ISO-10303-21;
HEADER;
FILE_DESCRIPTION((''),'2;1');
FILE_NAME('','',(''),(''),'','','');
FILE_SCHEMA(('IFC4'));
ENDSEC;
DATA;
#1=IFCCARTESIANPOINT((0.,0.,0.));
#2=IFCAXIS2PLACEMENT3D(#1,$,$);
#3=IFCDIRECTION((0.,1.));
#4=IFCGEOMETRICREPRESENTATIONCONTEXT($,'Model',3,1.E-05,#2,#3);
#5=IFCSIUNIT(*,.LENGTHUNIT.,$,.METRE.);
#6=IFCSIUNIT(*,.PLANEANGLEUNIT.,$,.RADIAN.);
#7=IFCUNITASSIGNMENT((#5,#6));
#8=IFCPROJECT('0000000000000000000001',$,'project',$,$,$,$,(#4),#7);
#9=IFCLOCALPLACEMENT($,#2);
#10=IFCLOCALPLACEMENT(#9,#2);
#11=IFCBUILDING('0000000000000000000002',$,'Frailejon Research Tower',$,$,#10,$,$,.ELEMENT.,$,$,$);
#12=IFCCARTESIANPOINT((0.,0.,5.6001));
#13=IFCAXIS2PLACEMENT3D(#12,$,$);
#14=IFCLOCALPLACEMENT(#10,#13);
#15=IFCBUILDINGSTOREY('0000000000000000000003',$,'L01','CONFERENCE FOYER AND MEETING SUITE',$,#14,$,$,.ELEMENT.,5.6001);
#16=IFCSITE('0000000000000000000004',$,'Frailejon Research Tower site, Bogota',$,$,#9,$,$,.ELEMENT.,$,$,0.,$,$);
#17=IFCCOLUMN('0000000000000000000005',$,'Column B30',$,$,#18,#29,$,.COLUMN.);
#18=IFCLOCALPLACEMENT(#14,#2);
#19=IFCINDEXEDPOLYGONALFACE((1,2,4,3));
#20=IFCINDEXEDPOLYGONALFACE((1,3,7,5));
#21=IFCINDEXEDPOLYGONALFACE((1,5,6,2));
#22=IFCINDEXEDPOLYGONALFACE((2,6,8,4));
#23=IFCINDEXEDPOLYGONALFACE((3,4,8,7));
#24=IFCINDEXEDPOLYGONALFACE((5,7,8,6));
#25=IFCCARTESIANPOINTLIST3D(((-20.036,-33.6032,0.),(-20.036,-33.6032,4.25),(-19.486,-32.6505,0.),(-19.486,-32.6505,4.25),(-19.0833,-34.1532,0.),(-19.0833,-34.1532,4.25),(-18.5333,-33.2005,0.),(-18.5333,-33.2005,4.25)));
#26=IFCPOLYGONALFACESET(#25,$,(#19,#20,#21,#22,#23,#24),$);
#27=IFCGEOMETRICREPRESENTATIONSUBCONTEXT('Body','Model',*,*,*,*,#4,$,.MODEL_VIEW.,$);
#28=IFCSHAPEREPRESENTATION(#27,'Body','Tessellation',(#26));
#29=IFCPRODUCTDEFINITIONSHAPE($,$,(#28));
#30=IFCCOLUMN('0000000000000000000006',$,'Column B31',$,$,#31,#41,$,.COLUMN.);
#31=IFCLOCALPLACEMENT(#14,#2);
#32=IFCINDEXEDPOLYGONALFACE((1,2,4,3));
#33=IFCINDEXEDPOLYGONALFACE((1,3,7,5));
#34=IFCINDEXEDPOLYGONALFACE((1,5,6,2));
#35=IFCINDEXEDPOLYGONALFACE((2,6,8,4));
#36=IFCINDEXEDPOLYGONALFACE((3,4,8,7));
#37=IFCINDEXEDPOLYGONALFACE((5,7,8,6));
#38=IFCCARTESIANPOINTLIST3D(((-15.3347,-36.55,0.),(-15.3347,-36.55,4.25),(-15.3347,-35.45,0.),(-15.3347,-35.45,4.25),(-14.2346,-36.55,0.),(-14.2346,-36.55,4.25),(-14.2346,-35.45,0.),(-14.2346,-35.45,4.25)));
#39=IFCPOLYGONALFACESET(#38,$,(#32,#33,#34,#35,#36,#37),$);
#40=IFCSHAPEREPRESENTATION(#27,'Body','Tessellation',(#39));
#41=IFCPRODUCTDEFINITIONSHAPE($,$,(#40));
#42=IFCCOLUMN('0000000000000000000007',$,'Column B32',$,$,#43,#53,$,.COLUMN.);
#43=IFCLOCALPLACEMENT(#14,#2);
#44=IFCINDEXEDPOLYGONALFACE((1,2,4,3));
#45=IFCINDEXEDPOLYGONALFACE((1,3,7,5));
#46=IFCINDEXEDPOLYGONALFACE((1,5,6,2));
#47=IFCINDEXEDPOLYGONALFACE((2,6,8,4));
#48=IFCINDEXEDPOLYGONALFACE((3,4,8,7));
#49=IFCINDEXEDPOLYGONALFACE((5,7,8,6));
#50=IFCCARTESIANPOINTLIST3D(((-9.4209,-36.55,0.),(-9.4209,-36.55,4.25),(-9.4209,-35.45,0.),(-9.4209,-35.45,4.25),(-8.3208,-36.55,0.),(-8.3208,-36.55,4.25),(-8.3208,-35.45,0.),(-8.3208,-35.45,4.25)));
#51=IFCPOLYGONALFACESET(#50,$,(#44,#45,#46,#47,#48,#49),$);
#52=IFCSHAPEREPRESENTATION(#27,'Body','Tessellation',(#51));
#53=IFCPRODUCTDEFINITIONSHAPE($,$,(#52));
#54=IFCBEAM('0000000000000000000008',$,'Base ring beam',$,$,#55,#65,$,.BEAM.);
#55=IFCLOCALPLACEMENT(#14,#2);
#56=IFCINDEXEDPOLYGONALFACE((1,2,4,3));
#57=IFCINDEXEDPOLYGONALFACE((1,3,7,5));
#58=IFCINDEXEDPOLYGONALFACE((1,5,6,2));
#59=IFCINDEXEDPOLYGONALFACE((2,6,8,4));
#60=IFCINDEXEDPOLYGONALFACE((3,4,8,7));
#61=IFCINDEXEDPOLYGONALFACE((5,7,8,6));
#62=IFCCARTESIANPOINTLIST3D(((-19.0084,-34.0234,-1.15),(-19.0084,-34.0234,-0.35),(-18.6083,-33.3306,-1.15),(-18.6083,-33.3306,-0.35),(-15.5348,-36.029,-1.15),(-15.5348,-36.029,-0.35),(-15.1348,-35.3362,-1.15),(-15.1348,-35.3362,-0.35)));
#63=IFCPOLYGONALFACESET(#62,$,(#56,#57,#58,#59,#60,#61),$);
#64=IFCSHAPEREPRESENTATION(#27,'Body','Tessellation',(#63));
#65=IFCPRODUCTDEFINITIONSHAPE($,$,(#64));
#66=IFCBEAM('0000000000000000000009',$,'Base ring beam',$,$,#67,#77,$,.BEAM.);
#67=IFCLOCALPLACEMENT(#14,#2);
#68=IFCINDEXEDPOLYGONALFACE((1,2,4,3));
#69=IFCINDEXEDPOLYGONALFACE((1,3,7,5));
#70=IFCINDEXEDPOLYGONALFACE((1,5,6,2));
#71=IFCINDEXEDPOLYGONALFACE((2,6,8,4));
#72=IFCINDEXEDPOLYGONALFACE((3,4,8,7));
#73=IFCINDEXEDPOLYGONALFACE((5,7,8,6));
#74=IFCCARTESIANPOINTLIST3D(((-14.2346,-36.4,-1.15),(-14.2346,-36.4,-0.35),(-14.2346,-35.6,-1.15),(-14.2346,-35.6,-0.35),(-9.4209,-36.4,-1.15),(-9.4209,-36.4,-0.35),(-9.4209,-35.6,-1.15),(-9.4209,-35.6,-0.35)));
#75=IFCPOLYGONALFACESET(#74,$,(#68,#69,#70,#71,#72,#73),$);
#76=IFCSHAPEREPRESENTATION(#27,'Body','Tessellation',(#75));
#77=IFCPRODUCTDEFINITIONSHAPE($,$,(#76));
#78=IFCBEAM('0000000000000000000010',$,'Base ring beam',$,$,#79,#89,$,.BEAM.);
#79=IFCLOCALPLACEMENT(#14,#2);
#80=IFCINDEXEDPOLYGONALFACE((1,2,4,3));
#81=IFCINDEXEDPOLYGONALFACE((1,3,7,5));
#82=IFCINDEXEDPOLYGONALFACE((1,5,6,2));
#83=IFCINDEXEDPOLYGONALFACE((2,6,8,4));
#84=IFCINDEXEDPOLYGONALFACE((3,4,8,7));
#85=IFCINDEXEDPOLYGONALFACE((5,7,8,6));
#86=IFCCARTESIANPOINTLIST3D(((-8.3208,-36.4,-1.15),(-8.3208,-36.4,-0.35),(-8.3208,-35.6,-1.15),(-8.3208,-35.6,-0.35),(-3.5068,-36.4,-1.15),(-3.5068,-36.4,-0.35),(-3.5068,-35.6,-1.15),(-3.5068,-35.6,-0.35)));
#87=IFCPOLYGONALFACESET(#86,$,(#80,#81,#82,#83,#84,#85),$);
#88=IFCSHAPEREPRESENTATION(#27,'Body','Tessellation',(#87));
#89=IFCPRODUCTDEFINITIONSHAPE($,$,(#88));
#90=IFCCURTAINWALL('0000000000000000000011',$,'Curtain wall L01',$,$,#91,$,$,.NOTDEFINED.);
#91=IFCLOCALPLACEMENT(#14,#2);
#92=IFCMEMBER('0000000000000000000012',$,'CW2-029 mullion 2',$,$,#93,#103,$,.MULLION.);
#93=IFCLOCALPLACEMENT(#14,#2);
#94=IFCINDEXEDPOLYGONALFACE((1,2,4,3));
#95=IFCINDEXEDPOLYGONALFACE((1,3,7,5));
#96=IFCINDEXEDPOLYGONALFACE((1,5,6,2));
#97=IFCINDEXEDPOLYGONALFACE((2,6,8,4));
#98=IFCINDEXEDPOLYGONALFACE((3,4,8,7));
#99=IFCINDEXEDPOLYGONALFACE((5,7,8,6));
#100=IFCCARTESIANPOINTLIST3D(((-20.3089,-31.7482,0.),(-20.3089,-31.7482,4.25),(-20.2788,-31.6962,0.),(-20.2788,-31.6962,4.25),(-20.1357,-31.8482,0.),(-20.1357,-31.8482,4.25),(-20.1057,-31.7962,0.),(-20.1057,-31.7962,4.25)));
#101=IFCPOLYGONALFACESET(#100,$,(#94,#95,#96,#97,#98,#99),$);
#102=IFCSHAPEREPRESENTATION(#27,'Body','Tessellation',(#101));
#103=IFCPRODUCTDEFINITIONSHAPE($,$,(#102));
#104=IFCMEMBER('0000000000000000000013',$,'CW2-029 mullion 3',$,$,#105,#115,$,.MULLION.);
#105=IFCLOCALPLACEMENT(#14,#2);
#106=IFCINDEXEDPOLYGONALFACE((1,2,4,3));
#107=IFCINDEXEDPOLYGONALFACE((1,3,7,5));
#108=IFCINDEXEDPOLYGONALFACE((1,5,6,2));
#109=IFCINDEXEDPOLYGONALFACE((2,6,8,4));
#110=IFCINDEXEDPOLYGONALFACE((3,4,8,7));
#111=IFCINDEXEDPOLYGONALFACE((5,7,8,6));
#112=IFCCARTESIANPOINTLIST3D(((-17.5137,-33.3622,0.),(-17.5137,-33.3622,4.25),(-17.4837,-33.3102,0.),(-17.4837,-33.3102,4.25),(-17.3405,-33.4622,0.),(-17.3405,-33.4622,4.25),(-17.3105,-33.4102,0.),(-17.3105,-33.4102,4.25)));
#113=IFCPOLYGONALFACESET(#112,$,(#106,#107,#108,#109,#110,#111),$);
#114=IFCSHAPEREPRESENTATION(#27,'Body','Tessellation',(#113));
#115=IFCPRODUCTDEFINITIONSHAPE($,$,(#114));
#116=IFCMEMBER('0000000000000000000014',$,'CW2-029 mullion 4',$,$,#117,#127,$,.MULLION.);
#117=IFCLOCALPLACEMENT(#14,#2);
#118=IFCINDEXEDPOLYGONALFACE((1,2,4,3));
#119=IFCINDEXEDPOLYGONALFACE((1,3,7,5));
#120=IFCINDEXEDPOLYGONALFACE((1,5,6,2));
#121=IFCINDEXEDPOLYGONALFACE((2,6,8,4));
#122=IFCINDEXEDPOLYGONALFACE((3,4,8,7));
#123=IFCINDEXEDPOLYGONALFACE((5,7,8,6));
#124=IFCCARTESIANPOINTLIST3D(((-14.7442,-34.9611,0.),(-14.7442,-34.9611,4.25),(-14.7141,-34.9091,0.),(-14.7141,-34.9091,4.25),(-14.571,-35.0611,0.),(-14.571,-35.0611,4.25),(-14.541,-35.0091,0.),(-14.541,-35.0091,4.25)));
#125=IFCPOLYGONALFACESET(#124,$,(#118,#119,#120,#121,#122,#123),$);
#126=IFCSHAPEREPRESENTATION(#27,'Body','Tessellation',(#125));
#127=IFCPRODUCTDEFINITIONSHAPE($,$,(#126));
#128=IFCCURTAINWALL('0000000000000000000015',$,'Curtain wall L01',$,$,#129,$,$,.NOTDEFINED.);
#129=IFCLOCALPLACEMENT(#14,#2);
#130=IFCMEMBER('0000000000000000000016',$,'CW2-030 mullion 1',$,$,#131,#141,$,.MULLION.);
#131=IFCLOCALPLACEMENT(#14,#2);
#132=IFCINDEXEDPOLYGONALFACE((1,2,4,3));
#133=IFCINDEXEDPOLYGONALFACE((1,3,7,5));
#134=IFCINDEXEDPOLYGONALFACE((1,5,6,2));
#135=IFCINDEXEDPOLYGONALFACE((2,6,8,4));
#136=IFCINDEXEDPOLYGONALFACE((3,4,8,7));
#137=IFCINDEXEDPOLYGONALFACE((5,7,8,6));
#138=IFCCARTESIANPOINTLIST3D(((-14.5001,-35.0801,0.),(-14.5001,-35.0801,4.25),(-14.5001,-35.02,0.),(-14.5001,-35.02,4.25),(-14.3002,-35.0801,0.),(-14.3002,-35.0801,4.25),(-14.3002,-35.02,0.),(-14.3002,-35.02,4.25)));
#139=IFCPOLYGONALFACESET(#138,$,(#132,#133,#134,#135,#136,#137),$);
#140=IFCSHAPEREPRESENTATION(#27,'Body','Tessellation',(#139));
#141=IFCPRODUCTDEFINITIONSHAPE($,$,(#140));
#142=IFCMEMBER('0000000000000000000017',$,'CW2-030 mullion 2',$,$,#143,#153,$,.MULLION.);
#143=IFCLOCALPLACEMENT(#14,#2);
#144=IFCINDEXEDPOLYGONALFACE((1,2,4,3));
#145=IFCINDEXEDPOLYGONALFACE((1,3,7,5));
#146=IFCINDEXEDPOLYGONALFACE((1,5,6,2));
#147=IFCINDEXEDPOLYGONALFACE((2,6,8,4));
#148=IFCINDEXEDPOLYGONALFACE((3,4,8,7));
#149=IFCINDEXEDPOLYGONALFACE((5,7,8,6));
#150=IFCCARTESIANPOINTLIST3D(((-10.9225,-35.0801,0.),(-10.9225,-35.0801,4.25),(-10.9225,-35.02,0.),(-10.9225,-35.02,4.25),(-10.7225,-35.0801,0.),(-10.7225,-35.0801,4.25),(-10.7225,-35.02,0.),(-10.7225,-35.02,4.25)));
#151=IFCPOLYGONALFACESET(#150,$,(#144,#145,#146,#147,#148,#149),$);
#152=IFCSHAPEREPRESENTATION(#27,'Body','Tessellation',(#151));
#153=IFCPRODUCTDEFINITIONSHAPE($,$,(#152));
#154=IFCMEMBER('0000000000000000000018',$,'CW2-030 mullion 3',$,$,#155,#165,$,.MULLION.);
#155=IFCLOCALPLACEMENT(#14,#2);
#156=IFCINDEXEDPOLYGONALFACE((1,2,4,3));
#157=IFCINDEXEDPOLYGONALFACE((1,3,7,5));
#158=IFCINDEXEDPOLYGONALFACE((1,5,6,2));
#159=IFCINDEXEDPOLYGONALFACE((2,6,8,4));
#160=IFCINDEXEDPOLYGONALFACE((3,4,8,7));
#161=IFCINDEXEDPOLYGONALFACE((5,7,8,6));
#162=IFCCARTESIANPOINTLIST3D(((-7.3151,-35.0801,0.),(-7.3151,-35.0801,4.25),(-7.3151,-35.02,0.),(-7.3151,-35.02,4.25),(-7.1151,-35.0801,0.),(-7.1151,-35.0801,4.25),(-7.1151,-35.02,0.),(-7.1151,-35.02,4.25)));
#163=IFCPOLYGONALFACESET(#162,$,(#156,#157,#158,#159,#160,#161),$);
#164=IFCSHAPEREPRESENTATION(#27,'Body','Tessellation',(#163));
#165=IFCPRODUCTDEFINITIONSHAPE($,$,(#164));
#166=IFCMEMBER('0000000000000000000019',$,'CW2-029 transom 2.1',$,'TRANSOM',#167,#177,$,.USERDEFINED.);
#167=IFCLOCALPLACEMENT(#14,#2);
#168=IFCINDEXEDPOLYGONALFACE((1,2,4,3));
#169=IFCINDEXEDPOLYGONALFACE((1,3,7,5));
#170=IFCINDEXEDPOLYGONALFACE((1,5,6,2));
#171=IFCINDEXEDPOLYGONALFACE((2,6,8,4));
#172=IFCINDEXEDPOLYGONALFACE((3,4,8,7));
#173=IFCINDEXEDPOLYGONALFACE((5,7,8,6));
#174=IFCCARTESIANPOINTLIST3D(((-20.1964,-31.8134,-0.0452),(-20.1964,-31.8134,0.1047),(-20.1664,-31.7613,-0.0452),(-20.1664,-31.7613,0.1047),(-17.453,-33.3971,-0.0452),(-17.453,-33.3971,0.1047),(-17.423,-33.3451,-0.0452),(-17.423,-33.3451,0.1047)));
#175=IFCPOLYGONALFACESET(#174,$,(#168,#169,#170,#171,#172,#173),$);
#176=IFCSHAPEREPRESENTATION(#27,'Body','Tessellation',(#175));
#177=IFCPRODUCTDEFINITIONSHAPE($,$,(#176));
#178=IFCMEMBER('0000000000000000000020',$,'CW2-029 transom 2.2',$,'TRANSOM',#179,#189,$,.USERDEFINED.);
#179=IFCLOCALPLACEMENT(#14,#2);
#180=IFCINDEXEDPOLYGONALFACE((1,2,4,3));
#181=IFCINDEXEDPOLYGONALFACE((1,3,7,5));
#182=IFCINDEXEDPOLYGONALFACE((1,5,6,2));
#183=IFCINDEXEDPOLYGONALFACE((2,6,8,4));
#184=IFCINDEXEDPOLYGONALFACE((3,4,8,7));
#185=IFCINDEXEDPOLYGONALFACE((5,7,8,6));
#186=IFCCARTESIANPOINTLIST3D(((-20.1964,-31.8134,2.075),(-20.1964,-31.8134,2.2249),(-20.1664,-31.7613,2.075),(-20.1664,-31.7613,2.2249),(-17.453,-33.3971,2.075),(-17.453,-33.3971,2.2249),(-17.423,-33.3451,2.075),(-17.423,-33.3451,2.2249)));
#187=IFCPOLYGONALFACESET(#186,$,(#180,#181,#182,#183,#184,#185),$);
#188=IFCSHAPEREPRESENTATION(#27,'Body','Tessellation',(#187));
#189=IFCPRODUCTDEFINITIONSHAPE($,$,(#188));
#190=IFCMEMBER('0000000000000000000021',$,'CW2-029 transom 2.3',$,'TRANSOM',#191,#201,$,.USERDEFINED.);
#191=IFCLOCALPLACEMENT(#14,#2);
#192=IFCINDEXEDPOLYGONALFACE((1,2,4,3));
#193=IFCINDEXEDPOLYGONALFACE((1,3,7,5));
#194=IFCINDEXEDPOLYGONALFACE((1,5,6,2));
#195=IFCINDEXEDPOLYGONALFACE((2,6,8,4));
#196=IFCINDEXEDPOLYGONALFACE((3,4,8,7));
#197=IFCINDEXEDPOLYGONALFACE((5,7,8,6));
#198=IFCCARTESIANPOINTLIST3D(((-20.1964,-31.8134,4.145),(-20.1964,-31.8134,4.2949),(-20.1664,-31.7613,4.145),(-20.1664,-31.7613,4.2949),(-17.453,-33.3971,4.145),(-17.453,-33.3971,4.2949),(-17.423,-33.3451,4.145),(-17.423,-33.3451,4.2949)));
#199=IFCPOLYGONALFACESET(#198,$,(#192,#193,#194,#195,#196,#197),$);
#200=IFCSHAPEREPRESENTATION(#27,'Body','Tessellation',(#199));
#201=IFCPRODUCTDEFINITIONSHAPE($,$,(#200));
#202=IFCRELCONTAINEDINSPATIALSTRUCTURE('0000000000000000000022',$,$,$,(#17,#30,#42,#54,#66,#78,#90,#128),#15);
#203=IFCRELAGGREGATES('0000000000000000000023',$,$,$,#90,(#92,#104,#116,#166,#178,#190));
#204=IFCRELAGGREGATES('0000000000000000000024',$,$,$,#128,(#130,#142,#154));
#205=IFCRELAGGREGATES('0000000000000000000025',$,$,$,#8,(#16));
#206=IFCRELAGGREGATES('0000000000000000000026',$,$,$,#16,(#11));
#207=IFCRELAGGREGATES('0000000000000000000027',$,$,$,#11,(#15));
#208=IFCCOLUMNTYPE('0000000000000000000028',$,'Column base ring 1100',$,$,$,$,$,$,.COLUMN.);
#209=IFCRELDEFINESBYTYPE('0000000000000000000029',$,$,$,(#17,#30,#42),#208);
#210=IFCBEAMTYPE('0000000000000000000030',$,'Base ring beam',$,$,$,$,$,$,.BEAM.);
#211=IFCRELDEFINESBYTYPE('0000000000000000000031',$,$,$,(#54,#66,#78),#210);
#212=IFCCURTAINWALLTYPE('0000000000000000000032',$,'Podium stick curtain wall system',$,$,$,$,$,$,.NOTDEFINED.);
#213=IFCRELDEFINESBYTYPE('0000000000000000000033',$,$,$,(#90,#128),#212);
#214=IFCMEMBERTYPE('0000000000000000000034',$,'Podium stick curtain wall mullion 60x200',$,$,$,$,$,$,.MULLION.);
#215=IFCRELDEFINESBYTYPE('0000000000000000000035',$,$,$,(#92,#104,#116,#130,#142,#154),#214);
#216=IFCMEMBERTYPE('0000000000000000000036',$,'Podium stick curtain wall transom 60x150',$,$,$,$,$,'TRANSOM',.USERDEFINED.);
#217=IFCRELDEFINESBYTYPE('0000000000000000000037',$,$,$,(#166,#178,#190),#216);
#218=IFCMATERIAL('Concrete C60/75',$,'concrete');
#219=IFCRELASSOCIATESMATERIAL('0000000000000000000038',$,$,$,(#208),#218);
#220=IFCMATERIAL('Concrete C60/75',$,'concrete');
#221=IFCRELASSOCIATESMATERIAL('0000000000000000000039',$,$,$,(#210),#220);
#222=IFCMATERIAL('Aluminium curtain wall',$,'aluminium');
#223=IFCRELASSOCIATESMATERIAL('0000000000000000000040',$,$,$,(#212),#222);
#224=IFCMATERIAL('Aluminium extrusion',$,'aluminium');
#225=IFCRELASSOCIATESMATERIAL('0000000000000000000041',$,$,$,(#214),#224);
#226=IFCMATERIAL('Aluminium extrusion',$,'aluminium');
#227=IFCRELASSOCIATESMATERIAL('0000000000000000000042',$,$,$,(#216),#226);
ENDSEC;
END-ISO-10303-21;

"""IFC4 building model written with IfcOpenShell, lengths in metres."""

from ifc_helpers import new_model, si_unit, direction, frame, origin, origin_2d, place, context, subcontext, project, spatial, rectangle, extrude, material, material_profile, profile_set, type_object, element, aggregate, save


model = new_model("IFC4")

# Units and contexts
model_context = context("Model", 3, precision=1e-05, world=origin(), true_north=direction((0.0, 1.0)))
body_context = subcontext(model_context, "Body", "Model", "MODEL_VIEW")
ifc_project = project(units=[si_unit("LENGTHUNIT", "METRE"), si_unit("PLANEANGLEUNIT", "RADIAN")], contexts=[model_context])

# Site, building, storey
site_placement = place(None, origin())
site = spatial("IfcSite", under=ifc_project, at=site_placement, Name="Frailejon Research Tower site, Bogota", CompositionType="ELEMENT", RefElevation=0.0)
building_placement = place(site_placement, origin())
building = spatial("IfcBuilding", under=site, at=building_placement, Name="Frailejon Research Tower", CompositionType="ELEMENT")
storey_placement = place(building_placement, frame((0.0, 0.0, 5.6001)))
storey = spatial("IfcBuildingStorey", under=building, at=storey_placement, Name="L01", Description="CONFERENCE FOYER AND MEETING SUITE", CompositionType="ELEMENT", Elevation=5.6001)

# Columns
ifc_material_1 = material(Name="Concrete C60/75", Category="concrete")
ifc_material_profile_1 = material_profile(ifc_material_1, rectangle(XDim=1.1001, YDim=1.1001, at=origin_2d()), Name="Column base ring 1100")
ifc_profile_set_1 = profile_set([ifc_material_profile_1], Name="Concrete C60/75")
column_type = type_object("IfcColumnType", Name="Column base ring 1100", PredefinedType="COLUMN", material=ifc_profile_set_1)
for number, where, z_axis, x_axis, name in (
    (1, (-19.2847, -33.4019, 0.0), (0.0, 0.0, 1.0), (0.866025, -0.5, 0.0), "Column B30"),
    (2, (-14.7847, -36.0, 0.0), (0.0, 0.0, 1.0), (1.0, 0.0, 0.0), "Column B31"),
    (3, (-8.8708, -36.0, 0.0), (0.0, 0.0, 1.0), (1.0, 0.0, 0.0), "Column B32"),
):
    element("IfcColumn", number, at=place(storey_placement, frame(where, z_axis=z_axis, x_axis=x_axis)), inside=storey, type_object=column_type, Name=name, PredefinedType="COLUMN", context=body_context, shape_type="SweptSolid", body=[
        extrude(rectangle(XDim=1.1001, YDim=1.1001, at=origin_2d()), origin(), (0.0, 0.0, 1.0), 4.25),
    ])

# Beams
ifc_material_2 = material(Name="Concrete C60/75", Category="concrete")
ifc_material_profile_2 = material_profile(ifc_material_2, rectangle(XDim=0.8, YDim=0.8, at=origin_2d()), Name="Base ring beam")
ifc_profile_set_2 = profile_set([ifc_material_profile_2], Name="Concrete C60/75")
beam_type = type_object("IfcBeamType", Name="Base ring beam", PredefinedType="BEAM", material=ifc_profile_set_2)
beam_1_placement = place(storey_placement, frame((-18.8083, -33.677, -0.75), z_axis=(0.866013, -0.500021, 0.0), x_axis=(0.500021, 0.866013, 0.0)))
element("IfcBeam", 4, at=beam_1_placement, inside=storey, type_object=beam_type, Name="Base ring beam", PredefinedType="BEAM", context=body_context, shape_type="SweptSolid", body=[
    extrude(rectangle(XDim=0.8, YDim=0.8, at=origin_2d()), origin(), (0.0, 0.0, 1.0), 4.011),
])
beam_2_placement = place(storey_placement, frame((-14.2346, -36.0, -0.75), z_axis=(1.0, 0.0, 0.0), x_axis=(0.0, 1.0, 0.0)))
element("IfcBeam", 5, at=beam_2_placement, inside=storey, type_object=beam_type, Name="Base ring beam", PredefinedType="BEAM", context=body_context, shape_type="SweptSolid", body=[
    extrude(rectangle(XDim=0.8, YDim=0.8, at=origin_2d()), origin(), (0.0, 0.0, 1.0), 4.8137),
])
beam_3_placement = place(storey_placement, frame((-8.3208, -36.0, -0.75), z_axis=(1.0, 0.0, 0.0), x_axis=(0.0, 1.0, 0.0)))
element("IfcBeam", 6, at=beam_3_placement, inside=storey, type_object=beam_type, Name="Base ring beam", PredefinedType="BEAM", context=body_context, shape_type="SweptSolid", body=[
    extrude(rectangle(XDim=0.8, YDim=0.8, at=origin_2d()), origin(), (0.0, 0.0, 1.0), 4.814),
])

# Curtain walls, members
ifc_material_3 = material(Name="Aluminium curtain wall", Category="aluminium")
curtain_wall_type = type_object("IfcCurtainWallType", Name="Podium stick curtain wall system", PredefinedType="NOTDEFINED", material=ifc_material_3)
curtain_wall_1_placement = place(storey_placement, origin())
curtain_wall_1 = element("IfcCurtainWall", 7, at=curtain_wall_1_placement, inside=storey, type_object=curtain_wall_type, Name="Curtain wall L01", PredefinedType="NOTDEFINED")
ifc_material_4 = material(Name="Aluminium extrusion", Category="aluminium")
ifc_material_profile_3 = material_profile(ifc_material_4, rectangle(XDim=0.0601, YDim=0.2, at=origin_2d()), Name="Podium stick curtain wall mullion 60x200")
ifc_profile_set_3 = profile_set([ifc_material_profile_3], Name="Aluminium extrusion")
member_type_1 = type_object("IfcMemberType", Name="Podium stick curtain wall mullion 60x200", PredefinedType="MULLION", material=ifc_profile_set_3)
member_1_placement = place(storey_placement, frame((-20.2073, -31.7722, 0.0), z_axis=(0.0, 0.0, 1.0), x_axis=(0.5, 0.866025, 0.0)))
member_1 = element("IfcMember", 8, at=member_1_placement, type_object=member_type_1, Name="CW2-029 mullion 2", PredefinedType="MULLION", context=body_context, shape_type="SweptSolid", body=[
    extrude(rectangle(XDim=0.0601, YDim=0.2, at=origin_2d()), origin(), (0.0, 0.0, 1.0), 4.25),
])
member_2_placement = place(storey_placement, frame((-17.4121, -33.3862, 0.0), z_axis=(0.0, 0.0, 1.0), x_axis=(0.5, 0.866025, 0.0)))
member_2 = element("IfcMember", 9, at=member_2_placement, type_object=member_type_1, Name="CW2-029 mullion 3", PredefinedType="MULLION", context=body_context, shape_type="SweptSolid", body=[
    extrude(rectangle(XDim=0.0601, YDim=0.2, at=origin_2d()), origin(), (0.0, 0.0, 1.0), 4.25),
])
member_3_placement = place(storey_placement, frame((-14.6426, -34.9851, 0.0), z_axis=(0.0, 0.0, 1.0), x_axis=(0.5, 0.866025, 0.0)))
member_3 = element("IfcMember", 10, at=member_3_placement, type_object=member_type_1, Name="CW2-029 mullion 4", PredefinedType="MULLION", context=body_context, shape_type="SweptSolid", body=[
    extrude(rectangle(XDim=0.0601, YDim=0.2, at=origin_2d()), origin(), (0.0, 0.0, 1.0), 4.25),
])
curtain_wall_2_placement = place(storey_placement, origin())
curtain_wall_2 = element("IfcCurtainWall", 11, at=curtain_wall_2_placement, inside=storey, type_object=curtain_wall_type, Name="Curtain wall L01", PredefinedType="NOTDEFINED")
member_4_placement = place(storey_placement, frame((-14.4001, -35.05, 0.0), z_axis=(0.0, 0.0, 1.0), x_axis=(0.0, 1.0, 0.0)))
member_4 = element("IfcMember", 12, at=member_4_placement, type_object=member_type_1, Name="CW2-030 mullion 1", PredefinedType="MULLION", context=body_context, shape_type="SweptSolid", body=[
    extrude(rectangle(XDim=0.0601, YDim=0.2, at=origin_2d()), origin(), (0.0, 0.0, 1.0), 4.25),
])
member_5_placement = place(storey_placement, frame((-10.8225, -35.05, 0.0), z_axis=(0.0, 0.0, 1.0), x_axis=(0.0, 1.0, 0.0)))
member_5 = element("IfcMember", 13, at=member_5_placement, type_object=member_type_1, Name="CW2-030 mullion 2", PredefinedType="MULLION", context=body_context, shape_type="SweptSolid", body=[
    extrude(rectangle(XDim=0.0601, YDim=0.2, at=origin_2d()), origin(), (0.0, 0.0, 1.0), 4.25),
])
member_6_placement = place(storey_placement, frame((-7.2151, -35.05, 0.0), z_axis=(0.0, 0.0, 1.0), x_axis=(0.0, 1.0, 0.0)))
member_6 = element("IfcMember", 14, at=member_6_placement, type_object=member_type_1, Name="CW2-030 mullion 3", PredefinedType="MULLION", context=body_context, shape_type="SweptSolid", body=[
    extrude(rectangle(XDim=0.0601, YDim=0.2, at=origin_2d()), origin(), (0.0, 0.0, 1.0), 4.25),
])

# Members
ifc_material_5 = material(Name="Aluminium extrusion", Category="aluminium")
ifc_material_profile_4 = material_profile(ifc_material_5, rectangle(XDim=0.0601, YDim=0.1499, at=origin_2d()), Name="Podium stick curtain wall transom 60x150")
ifc_profile_set_4 = profile_set([ifc_material_profile_4], Name="Aluminium extrusion")
member_type_2 = type_object("IfcMemberType", Name="Podium stick curtain wall transom 60x150", ElementType="TRANSOM", PredefinedType="USERDEFINED", material=ifc_profile_set_4)
member_7_placement = place(storey_placement, frame((-20.1814, -31.7874, 0.0298), z_axis=(0.866048, -0.49996, 0.0), x_axis=(0.49996, 0.866048, 0.0)))
member_7 = element("IfcMember", 15, at=member_7_placement, type_object=member_type_2, Name="CW2-029 transom 2.1", ObjectType="TRANSOM", PredefinedType="USERDEFINED", context=body_context, shape_type="SweptSolid", body=[
    extrude(rectangle(XDim=0.0601, YDim=0.1499, at=origin_2d()), origin(), (0.0, 0.0, 1.0), 3.1677),
])
member_8_placement = place(storey_placement, frame((-20.1814, -31.7874, 2.1499), z_axis=(0.866048, -0.49996, 0.0), x_axis=(0.49996, 0.866048, 0.0)))
member_8 = element("IfcMember", 16, at=member_8_placement, type_object=member_type_2, Name="CW2-029 transom 2.2", ObjectType="TRANSOM", PredefinedType="USERDEFINED", context=body_context, shape_type="SweptSolid", body=[
    extrude(rectangle(XDim=0.0601, YDim=0.1499, at=origin_2d()), origin(), (0.0, 0.0, 1.0), 3.1677),
])
member_9_placement = place(storey_placement, frame((-20.1814, -31.7874, 4.22), z_axis=(0.866048, -0.49996, 0.0), x_axis=(0.49996, 0.866048, 0.0)))
member_9 = element("IfcMember", 17, at=member_9_placement, type_object=member_type_2, Name="CW2-029 transom 2.3", ObjectType="TRANSOM", PredefinedType="USERDEFINED", context=body_context, shape_type="SweptSolid", body=[
    extrude(rectangle(XDim=0.0601, YDim=0.1499, at=origin_2d()), origin(), (0.0, 0.0, 1.0), 3.1677),
])

aggregate(curtain_wall_1, [member_1, member_2, member_3, member_7, member_8, member_9])
aggregate(curtain_wall_2, [member_4, member_5, member_6])

save(model, "model.ifc")
